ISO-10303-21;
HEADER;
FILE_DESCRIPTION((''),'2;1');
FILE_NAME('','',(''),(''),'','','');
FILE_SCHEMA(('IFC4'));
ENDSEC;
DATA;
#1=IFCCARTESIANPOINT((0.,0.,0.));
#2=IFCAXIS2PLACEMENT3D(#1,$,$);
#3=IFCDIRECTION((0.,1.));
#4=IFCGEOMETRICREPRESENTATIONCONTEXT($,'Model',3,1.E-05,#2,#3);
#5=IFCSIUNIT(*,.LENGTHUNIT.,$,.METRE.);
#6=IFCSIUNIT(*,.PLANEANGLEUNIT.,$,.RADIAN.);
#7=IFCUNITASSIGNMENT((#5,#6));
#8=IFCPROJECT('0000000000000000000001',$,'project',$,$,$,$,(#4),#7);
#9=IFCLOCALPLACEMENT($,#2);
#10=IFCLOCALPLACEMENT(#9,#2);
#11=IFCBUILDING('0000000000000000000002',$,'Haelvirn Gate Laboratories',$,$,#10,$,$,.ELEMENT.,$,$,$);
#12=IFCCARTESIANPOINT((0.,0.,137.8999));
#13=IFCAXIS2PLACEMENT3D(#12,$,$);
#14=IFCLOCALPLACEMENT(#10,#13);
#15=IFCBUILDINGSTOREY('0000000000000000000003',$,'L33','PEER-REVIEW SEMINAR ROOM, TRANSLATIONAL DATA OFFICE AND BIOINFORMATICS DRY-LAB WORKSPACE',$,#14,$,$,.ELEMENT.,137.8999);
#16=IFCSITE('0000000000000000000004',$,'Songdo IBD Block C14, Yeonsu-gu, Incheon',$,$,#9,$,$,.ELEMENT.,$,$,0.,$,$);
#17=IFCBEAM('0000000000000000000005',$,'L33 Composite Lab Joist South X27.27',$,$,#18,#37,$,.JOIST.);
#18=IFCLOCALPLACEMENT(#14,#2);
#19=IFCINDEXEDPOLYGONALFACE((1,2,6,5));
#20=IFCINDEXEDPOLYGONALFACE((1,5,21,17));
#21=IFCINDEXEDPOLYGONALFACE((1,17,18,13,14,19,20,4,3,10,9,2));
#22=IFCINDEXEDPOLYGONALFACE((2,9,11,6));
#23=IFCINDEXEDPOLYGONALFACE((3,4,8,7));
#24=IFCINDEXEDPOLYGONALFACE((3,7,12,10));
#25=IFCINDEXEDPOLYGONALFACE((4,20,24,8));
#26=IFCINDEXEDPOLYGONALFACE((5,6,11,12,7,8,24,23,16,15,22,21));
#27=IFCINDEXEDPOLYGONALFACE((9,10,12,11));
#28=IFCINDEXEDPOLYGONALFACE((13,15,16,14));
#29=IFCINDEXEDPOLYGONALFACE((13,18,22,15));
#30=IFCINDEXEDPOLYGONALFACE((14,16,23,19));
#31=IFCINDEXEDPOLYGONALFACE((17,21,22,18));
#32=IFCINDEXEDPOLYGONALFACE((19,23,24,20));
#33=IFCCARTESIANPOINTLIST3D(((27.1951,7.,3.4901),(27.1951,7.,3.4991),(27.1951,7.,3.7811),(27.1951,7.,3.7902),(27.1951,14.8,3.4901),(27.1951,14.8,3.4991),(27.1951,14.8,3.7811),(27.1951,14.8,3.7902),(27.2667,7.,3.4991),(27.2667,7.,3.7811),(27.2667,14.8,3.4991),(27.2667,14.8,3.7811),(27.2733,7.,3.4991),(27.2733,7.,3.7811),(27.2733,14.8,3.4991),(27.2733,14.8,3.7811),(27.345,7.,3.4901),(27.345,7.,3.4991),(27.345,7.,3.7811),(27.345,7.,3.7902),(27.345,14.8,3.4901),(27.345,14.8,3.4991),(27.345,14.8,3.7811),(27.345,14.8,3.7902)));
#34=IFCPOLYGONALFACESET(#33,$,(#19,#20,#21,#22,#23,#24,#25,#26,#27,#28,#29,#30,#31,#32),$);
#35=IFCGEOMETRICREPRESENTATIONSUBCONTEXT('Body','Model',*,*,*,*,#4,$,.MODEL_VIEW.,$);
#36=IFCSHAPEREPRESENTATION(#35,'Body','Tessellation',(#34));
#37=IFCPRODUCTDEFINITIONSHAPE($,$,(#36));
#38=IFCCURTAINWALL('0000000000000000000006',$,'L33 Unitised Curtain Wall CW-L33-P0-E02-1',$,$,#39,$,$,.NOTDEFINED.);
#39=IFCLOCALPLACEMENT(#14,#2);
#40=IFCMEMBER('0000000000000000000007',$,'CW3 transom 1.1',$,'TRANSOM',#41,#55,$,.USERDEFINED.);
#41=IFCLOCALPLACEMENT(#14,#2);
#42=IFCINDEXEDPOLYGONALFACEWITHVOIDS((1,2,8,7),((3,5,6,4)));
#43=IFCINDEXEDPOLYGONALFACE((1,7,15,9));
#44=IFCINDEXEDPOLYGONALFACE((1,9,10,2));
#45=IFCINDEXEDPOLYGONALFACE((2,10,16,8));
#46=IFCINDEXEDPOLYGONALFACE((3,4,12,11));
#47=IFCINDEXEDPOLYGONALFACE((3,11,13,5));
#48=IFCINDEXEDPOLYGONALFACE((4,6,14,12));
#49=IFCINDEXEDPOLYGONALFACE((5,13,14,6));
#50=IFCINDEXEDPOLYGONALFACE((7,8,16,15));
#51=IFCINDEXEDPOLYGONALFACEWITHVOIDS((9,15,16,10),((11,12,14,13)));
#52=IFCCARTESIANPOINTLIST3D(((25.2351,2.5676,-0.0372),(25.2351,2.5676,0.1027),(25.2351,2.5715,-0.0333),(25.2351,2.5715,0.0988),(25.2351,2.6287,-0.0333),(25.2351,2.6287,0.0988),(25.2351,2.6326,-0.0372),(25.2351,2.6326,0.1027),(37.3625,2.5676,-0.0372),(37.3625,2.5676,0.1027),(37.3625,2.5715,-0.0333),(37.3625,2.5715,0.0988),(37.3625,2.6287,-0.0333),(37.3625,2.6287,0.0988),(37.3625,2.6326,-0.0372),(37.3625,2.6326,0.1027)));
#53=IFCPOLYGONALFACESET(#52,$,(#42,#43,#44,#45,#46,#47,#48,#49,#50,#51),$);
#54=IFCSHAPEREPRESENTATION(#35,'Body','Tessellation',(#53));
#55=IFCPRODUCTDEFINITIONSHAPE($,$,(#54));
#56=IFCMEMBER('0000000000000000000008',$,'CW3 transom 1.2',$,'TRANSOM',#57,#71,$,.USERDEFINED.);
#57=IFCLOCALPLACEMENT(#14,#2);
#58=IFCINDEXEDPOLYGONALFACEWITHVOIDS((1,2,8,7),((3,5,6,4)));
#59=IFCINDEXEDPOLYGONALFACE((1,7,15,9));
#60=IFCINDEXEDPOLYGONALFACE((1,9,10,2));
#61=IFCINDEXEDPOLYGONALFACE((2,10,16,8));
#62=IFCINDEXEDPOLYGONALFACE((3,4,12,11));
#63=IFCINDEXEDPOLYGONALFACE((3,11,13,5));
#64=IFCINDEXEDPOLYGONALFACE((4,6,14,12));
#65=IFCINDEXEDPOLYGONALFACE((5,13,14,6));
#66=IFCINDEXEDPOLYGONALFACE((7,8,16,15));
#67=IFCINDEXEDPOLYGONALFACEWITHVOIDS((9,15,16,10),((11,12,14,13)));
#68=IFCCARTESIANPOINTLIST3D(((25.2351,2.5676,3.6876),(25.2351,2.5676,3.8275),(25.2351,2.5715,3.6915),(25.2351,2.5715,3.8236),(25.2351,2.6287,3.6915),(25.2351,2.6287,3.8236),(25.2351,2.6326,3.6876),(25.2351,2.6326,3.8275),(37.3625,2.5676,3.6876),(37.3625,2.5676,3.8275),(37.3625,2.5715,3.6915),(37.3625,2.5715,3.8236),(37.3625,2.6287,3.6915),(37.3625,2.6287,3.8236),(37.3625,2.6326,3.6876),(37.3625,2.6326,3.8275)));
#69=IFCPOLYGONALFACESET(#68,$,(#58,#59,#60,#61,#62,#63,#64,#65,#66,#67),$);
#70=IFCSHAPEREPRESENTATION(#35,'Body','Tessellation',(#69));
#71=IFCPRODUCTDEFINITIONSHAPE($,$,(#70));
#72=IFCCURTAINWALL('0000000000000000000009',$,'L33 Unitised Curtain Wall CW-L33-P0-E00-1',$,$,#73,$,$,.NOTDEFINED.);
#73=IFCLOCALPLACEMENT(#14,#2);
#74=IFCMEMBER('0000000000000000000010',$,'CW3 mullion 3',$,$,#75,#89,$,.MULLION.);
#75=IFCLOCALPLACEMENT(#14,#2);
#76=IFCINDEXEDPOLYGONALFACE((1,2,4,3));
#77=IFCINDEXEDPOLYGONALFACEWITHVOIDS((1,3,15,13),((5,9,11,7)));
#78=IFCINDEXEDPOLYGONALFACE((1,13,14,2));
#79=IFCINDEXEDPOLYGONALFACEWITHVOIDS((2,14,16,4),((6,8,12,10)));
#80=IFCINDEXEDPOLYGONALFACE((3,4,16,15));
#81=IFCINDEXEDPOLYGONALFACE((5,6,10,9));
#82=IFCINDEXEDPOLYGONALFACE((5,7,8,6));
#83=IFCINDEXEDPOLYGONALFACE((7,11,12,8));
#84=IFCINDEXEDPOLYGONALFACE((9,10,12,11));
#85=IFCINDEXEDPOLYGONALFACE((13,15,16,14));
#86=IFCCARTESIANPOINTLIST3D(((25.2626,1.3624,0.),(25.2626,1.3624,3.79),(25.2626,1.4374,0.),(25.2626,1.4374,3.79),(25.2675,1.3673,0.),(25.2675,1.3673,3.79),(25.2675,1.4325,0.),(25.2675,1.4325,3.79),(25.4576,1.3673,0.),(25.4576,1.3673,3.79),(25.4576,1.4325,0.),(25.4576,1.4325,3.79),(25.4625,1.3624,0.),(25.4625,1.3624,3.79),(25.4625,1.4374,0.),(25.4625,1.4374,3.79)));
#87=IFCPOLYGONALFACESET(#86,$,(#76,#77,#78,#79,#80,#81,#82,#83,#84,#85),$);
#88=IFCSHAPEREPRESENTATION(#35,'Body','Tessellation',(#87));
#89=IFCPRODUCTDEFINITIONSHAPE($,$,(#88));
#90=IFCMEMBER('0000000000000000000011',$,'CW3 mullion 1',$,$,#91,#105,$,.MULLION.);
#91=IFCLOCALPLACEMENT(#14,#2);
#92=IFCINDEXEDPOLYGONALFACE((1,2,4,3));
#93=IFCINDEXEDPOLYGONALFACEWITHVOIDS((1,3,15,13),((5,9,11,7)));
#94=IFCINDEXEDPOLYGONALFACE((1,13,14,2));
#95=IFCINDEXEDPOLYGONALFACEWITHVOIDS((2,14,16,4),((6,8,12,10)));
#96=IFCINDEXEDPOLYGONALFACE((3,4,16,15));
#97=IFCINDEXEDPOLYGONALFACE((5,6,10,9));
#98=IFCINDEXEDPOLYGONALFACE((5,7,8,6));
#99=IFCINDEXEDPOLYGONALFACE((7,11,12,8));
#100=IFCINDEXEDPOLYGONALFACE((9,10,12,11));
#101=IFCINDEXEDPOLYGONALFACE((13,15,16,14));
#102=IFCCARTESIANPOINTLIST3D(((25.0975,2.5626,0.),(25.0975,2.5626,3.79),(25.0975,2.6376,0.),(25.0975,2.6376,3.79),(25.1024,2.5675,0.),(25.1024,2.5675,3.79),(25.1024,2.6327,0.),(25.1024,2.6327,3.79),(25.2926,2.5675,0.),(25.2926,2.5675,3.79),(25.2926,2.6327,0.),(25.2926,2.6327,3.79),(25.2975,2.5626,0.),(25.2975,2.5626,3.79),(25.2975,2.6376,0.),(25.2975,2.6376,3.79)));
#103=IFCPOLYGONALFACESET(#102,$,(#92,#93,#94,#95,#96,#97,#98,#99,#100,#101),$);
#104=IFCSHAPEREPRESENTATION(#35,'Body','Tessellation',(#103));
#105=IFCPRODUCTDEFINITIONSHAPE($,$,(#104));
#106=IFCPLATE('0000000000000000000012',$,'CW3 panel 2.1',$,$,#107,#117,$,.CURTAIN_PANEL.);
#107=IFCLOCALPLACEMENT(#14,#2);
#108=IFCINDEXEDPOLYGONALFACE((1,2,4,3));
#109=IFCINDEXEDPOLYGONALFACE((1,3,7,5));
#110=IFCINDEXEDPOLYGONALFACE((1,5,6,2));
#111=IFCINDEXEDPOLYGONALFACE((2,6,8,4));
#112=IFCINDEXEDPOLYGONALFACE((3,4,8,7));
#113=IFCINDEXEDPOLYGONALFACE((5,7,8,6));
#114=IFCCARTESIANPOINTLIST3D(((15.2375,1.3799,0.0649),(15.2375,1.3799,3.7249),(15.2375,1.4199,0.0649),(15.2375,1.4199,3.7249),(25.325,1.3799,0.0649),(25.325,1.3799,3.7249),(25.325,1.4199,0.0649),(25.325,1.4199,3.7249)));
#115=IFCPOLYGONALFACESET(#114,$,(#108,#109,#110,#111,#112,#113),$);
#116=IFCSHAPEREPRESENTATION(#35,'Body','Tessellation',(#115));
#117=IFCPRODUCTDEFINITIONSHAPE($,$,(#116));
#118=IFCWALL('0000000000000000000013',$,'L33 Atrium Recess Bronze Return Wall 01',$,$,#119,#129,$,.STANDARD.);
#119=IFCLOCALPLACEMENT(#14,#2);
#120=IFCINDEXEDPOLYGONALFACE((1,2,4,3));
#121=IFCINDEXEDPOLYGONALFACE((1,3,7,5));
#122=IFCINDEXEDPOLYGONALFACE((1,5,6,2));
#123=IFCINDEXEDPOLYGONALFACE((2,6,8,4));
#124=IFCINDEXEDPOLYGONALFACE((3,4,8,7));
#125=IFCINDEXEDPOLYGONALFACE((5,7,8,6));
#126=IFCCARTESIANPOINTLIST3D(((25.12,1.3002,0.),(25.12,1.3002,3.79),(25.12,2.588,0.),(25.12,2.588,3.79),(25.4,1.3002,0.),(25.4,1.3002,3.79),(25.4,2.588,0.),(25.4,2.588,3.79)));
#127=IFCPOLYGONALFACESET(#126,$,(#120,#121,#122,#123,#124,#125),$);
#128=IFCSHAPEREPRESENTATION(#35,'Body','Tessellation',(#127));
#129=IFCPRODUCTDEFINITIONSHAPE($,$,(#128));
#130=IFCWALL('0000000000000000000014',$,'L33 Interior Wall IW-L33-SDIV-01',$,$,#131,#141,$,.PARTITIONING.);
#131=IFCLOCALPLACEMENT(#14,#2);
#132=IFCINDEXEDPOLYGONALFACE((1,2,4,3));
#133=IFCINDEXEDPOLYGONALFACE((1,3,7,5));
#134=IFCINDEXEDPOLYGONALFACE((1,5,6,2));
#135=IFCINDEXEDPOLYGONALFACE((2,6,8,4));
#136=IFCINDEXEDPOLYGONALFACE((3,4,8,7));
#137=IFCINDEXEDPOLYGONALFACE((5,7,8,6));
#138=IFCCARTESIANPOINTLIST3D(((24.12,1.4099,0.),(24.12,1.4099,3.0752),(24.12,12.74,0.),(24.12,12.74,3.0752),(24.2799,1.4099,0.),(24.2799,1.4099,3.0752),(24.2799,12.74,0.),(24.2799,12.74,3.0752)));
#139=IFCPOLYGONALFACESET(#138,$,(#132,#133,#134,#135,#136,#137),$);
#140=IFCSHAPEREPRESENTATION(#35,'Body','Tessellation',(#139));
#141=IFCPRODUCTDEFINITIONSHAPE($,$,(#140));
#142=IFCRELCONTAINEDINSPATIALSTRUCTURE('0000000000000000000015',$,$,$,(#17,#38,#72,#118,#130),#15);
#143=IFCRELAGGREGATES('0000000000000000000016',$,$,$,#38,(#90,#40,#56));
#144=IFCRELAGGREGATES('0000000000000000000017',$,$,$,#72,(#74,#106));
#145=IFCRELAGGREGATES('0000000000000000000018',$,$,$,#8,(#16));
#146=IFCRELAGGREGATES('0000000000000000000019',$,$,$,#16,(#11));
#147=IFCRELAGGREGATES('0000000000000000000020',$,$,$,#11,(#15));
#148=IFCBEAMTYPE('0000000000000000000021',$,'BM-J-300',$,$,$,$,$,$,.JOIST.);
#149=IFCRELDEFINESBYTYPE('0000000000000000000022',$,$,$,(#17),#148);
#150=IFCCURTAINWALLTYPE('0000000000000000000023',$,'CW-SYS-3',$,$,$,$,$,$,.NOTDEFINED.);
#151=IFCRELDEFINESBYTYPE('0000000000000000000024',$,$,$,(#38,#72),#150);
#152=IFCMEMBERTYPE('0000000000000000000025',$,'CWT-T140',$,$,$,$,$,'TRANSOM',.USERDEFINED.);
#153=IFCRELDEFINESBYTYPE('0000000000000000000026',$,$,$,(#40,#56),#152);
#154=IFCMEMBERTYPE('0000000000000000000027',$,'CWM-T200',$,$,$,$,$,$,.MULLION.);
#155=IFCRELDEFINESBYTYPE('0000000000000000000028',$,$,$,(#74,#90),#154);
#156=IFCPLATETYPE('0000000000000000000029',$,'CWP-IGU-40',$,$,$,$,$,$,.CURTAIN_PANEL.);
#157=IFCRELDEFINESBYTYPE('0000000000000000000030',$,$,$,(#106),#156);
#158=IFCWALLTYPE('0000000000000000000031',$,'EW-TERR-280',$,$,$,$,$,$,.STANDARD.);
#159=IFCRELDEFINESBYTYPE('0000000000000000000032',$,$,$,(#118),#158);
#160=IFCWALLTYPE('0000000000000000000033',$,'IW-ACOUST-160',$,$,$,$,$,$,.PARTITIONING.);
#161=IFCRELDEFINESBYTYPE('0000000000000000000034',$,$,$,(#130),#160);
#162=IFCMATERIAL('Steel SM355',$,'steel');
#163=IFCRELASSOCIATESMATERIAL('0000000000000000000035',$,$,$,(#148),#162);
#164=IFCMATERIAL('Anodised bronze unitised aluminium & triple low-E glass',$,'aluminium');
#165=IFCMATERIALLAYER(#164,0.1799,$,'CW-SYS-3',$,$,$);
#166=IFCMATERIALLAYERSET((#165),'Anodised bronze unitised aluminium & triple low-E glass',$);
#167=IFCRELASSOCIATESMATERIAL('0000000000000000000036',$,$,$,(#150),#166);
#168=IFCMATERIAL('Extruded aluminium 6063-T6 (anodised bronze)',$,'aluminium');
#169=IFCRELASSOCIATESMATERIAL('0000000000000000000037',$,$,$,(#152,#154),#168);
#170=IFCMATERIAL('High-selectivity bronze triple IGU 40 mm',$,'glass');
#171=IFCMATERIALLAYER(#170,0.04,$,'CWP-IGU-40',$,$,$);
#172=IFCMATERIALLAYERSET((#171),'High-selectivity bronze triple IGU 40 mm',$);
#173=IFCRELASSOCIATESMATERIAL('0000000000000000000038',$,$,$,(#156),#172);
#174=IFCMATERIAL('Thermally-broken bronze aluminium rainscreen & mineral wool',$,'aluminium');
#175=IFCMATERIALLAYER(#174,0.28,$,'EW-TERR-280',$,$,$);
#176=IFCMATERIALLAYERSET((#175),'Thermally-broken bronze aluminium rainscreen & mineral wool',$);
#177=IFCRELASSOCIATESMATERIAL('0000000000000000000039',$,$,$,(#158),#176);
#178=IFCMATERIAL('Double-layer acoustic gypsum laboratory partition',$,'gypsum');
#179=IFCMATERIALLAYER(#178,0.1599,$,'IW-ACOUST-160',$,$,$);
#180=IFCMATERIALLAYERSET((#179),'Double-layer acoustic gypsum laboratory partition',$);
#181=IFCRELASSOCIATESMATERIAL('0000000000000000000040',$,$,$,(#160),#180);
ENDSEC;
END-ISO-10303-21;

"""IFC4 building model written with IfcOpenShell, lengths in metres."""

from ifc_helpers import new_model, si_unit, direction, frame, frame_2d, origin, origin_2d, place, context, subcontext, project, spatial, rectangle, hollow_rectangle, i_section, extrude, source, transform, mapped, material, layer, layer_set, material_profile, profile_set, type_object, type_shapes, element, aggregate, save


model = new_model("IFC4")

# Units and contexts
model_context = context("Model", 3, precision=1e-05, world=origin(), true_north=direction((0.0, 1.0)))
body_context = subcontext(model_context, "Body", "Model", "MODEL_VIEW")
ifc_project = project(units=[si_unit("LENGTHUNIT", "METRE"), si_unit("PLANEANGLEUNIT", "RADIAN")], contexts=[model_context])

# Site, building, storey
site_placement = place(None, origin())
site = spatial("IfcSite", under=ifc_project, at=site_placement, Name="Songdo IBD Block C14, Yeonsu-gu, Incheon", CompositionType="ELEMENT", RefElevation=0.0)
building_placement = place(site_placement, origin())
building = spatial("IfcBuilding", under=site, at=building_placement, Name="Haelvirn Gate Laboratories", CompositionType="ELEMENT")
storey_placement = place(building_placement, frame((0.0, 0.0, 137.8999)))
storey = spatial("IfcBuildingStorey", under=building, at=storey_placement, Name="L33", Description="PEER-REVIEW SEMINAR ROOM, TRANSLATIONAL DATA OFFICE AND BIOINFORMATICS DRY-LAB WORKSPACE", CompositionType="ELEMENT", Elevation=137.8999)

# Shared definitions
ifc_material_1 = material(Name="Steel SM355", Category="steel")

# Beam
ifc_material_profile_1 = material_profile(ifc_material_1, i_section(OverallWidth=0.1499, OverallDepth=0.3, WebThickness=0.0066, FlangeThickness=0.009, at=origin_2d()), Name="H-300x150x6.5x9")
ifc_profile_set_1 = profile_set([ifc_material_profile_1], Name="Steel SM355")
beam_type_1 = type_object("IfcBeamType", Name="BM-J-300", PredefinedType="JOIST", material=ifc_profile_set_1)
shared_shape_1 = source(origin(), body_context, "Body", "SweptSolid", [
    extrude(i_section(OverallWidth=0.1499, OverallDepth=0.3, WebThickness=0.0066, FlangeThickness=0.009, at=origin_2d()), origin(), (0.0, 0.0, 1.0), 7.8),
])
type_shapes(beam_type_1, [shared_shape_1])
for number, where, z_axis, x_axis, name in (
    (1, (27.27, 7.0, 3.6401), (0.0, 1.0, 0.0), (-1.0, 0.0, 0.0), "L33 Composite Lab Joist South X27.27"),
):
    element("IfcBeam", number, at=place(storey_placement, frame(where, z_axis=z_axis, x_axis=x_axis)), inside=storey, type_object=beam_type_1, Name=name, PredefinedType="JOIST", context=body_context, shape_type="MappedRepresentation", body=[
        mapped(shared_shape_1, transform((0.0, 0.0, 0.0), scale=1.0)),
    ])

# Curtain wall, members
ifc_material_2 = material(Name="Anodised bronze unitised aluminium & triple low-E glass", Category="aluminium")
ifc_layer_1 = layer(ifc_material_2, 0.1799, Name="CW-SYS-3")
ifc_layer_set_1 = layer_set([ifc_layer_1], Name="Anodised bronze unitised aluminium & triple low-E glass")
curtain_wall_type = type_object("IfcCurtainWallType", Name="CW-SYS-3", PredefinedType="NOTDEFINED", material=ifc_layer_set_1)
curtain_wall_1_placement = place(storey_placement, origin())
curtain_wall_1 = element("IfcCurtainWall", 2, at=curtain_wall_1_placement, inside=storey, type_object=curtain_wall_type, Name="L33 Unitised Curtain Wall CW-L33-P0-E02-1", PredefinedType="NOTDEFINED")
ifc_material_3 = material(Name="Extruded aluminium 6063-T6 (anodised bronze)", Category="aluminium")
ifc_material_profile_2 = material_profile(ifc_material_3, hollow_rectangle(XDim=0.0649, YDim=0.1399, WallThickness=0.0039, at=origin_2d()), Name="CWT-140x65x4")
ifc_profile_set_2 = profile_set([ifc_material_profile_2], Name="Extruded aluminium 6063-T6 (anodised bronze)")
member_type_1 = type_object("IfcMemberType", Name="CWT-T140", ElementType="TRANSOM", PredefinedType="USERDEFINED", material=ifc_profile_set_2)
shared_shape_2 = source(origin(), body_context, "Body", "SweptSolid", [
    extrude(hollow_rectangle(XDim=0.0649, YDim=0.1399, WallThickness=0.0039, at=origin_2d()), origin(), (0.0, 0.0, 1.0), 12.1274),
])
type_shapes(member_type_1, [shared_shape_2])
member_1_placement = place(storey_placement, frame((25.2351, 2.6001, 0.0327), z_axis=(1.0, 0.0, 0.0), x_axis=(0.0, 1.0, 0.0)))
member_1 = element("IfcMember", 3, at=member_1_placement, type_object=member_type_1, Name="CW3 transom 1.1", ObjectType="TRANSOM", PredefinedType="USERDEFINED", context=body_context, shape_type="MappedRepresentation", body=[
    mapped(shared_shape_2, transform((0.0, 0.0, 0.0), scale=1.0)),
])
member_2_placement = place(storey_placement, frame((25.2351, 2.6001, 3.7576), z_axis=(1.0, 0.0, 0.0), x_axis=(0.0, 1.0, 0.0)))
member_2 = element("IfcMember", 4, at=member_2_placement, type_object=member_type_1, Name="CW3 transom 1.2", ObjectType="TRANSOM", PredefinedType="USERDEFINED", context=body_context, shape_type="MappedRepresentation", body=[
    mapped(shared_shape_2, transform((0.0, 0.0, 0.0), scale=1.0)),
])

# Curtain wall, member
curtain_wall_2_placement = place(storey_placement, origin())
curtain_wall_2 = element("IfcCurtainWall", 5, at=curtain_wall_2_placement, inside=storey, type_object=curtain_wall_type, Name="L33 Unitised Curtain Wall CW-L33-P0-E00-1", PredefinedType="NOTDEFINED")
ifc_material_profile_3 = material_profile(ifc_material_3, hollow_rectangle(XDim=0.075, YDim=0.2, WallThickness=0.0049, at=origin_2d()), Name="CWM-200x75x5")
ifc_profile_set_3 = profile_set([ifc_material_profile_3], Name="Extruded aluminium 6063-T6 (anodised bronze)")
member_type_2 = type_object("IfcMemberType", Name="CWM-T200", PredefinedType="MULLION", material=ifc_profile_set_3)
shared_shape_3 = source(origin(), body_context, "Body", "SweptSolid", [
    extrude(hollow_rectangle(XDim=0.075, YDim=0.2, WallThickness=0.0049, at=origin_2d()), origin(), (0.0, 0.0, 1.0), 3.79),
])
type_shapes(member_type_2, [shared_shape_3])
member_3_placement = place(storey_placement, frame((25.3625, 1.3999, 0.0), z_axis=(0.0, 0.0, 1.0), x_axis=(0.0, 1.0, 0.0)))
member_3 = element("IfcMember", 6, at=member_3_placement, type_object=member_type_2, Name="CW3 mullion 3", PredefinedType="MULLION", context=body_context, shape_type="MappedRepresentation", body=[
    mapped(shared_shape_3, transform((0.0, 0.0, 0.0), scale=1.0)),
])

# Member
member_4_placement = place(storey_placement, frame((25.1975, 2.6001, 0.0), z_axis=(0.0, 0.0, 1.0), x_axis=(0.0, 1.0, 0.0)))
member_4 = element("IfcMember", 7, at=member_4_placement, type_object=member_type_2, Name="CW3 mullion 1", PredefinedType="MULLION", context=body_context, shape_type="MappedRepresentation", body=[
    mapped(shared_shape_3, transform((0.0, 0.0, 0.0), scale=1.0)),
])
aggregate(curtain_wall_1, [member_4, member_1, member_2])

# Plate
ifc_material_4 = material(Name="High-selectivity bronze triple IGU 40 mm", Category="glass")
ifc_layer_2 = layer(ifc_material_4, 0.04, Name="CWP-IGU-40")
ifc_layer_set_2 = layer_set([ifc_layer_2], Name="High-selectivity bronze triple IGU 40 mm")
plate_type = type_object("IfcPlateType", Name="CWP-IGU-40", PredefinedType="CURTAIN_PANEL", material=ifc_layer_set_2)
shared_shape_4 = source(origin(), body_context, "Body", "SweptSolid", [
    extrude(rectangle(XDim=10.0874, YDim=0.04, at=origin_2d()), origin(), (0.0, 0.0, 1.0), 3.6599),
])
type_shapes(plate_type, [shared_shape_4])
plate_placement = place(storey_placement, frame((20.2812, 1.3999, 0.0649), z_axis=(0.0, 0.0, 1.0), x_axis=(1.0, 0.0, 0.0)))
plate = element("IfcPlate", 8, at=plate_placement, type_object=plate_type, Name="CW3 panel 2.1", PredefinedType="CURTAIN_PANEL", context=body_context, shape_type="MappedRepresentation", body=[
    mapped(shared_shape_4, transform((0.0, 0.0, 0.0), scale=1.0)),
])
aggregate(curtain_wall_2, [member_3, plate])

# Walls
ifc_material_5 = material(Name="Thermally-broken bronze aluminium rainscreen & mineral wool", Category="aluminium")
ifc_layer_3 = layer(ifc_material_5, 0.28, Name="EW-TERR-280")
ifc_layer_set_3 = layer_set([ifc_layer_3], Name="Thermally-broken bronze aluminium rainscreen & mineral wool")
wall_type_1 = type_object("IfcWallType", Name="EW-TERR-280", PredefinedType="STANDARD", material=ifc_layer_set_3)
wall_1_placement = place(storey_placement, frame((25.26, 1.3, 0.0), z_axis=(0.0, 0.0, 1.0), x_axis=(0.0, 1.0, 0.0)))
element("IfcWall", 9, at=wall_1_placement, inside=storey, type_object=wall_type_1, Name="L33 Atrium Recess Bronze Return Wall 01", PredefinedType="STANDARD", context=body_context, shape_type="SweptSolid", body=[
    extrude(rectangle(XDim=1.2878, YDim=0.28, at=frame_2d((0.644, 0.0))), origin(), (0.0, 0.0, 1.0), 3.79),
])
ifc_material_6 = material(Name="Double-layer acoustic gypsum laboratory partition", Category="gypsum")
ifc_layer_4 = layer(ifc_material_6, 0.1599, Name="IW-ACOUST-160")
ifc_layer_set_4 = layer_set([ifc_layer_4], Name="Double-layer acoustic gypsum laboratory partition")
wall_type_2 = type_object("IfcWallType", Name="IW-ACOUST-160", PredefinedType="PARTITIONING", material=ifc_layer_set_4)
wall_2_placement = place(storey_placement, frame((24.2, 1.4099, 0.0), z_axis=(0.0, 0.0, 1.0), x_axis=(0.0, 1.0, 0.0)))
element("IfcWall", 10, at=wall_2_placement, inside=storey, type_object=wall_type_2, Name="L33 Interior Wall IW-L33-SDIV-01", PredefinedType="PARTITIONING", context=body_context, shape_type="SweptSolid", body=[
    extrude(rectangle(XDim=11.3301, YDim=0.1599, at=frame_2d((5.665, 0.0))), origin(), (0.0, 0.0, 1.0), 3.0752),
])

save(model, "model.ifc")
